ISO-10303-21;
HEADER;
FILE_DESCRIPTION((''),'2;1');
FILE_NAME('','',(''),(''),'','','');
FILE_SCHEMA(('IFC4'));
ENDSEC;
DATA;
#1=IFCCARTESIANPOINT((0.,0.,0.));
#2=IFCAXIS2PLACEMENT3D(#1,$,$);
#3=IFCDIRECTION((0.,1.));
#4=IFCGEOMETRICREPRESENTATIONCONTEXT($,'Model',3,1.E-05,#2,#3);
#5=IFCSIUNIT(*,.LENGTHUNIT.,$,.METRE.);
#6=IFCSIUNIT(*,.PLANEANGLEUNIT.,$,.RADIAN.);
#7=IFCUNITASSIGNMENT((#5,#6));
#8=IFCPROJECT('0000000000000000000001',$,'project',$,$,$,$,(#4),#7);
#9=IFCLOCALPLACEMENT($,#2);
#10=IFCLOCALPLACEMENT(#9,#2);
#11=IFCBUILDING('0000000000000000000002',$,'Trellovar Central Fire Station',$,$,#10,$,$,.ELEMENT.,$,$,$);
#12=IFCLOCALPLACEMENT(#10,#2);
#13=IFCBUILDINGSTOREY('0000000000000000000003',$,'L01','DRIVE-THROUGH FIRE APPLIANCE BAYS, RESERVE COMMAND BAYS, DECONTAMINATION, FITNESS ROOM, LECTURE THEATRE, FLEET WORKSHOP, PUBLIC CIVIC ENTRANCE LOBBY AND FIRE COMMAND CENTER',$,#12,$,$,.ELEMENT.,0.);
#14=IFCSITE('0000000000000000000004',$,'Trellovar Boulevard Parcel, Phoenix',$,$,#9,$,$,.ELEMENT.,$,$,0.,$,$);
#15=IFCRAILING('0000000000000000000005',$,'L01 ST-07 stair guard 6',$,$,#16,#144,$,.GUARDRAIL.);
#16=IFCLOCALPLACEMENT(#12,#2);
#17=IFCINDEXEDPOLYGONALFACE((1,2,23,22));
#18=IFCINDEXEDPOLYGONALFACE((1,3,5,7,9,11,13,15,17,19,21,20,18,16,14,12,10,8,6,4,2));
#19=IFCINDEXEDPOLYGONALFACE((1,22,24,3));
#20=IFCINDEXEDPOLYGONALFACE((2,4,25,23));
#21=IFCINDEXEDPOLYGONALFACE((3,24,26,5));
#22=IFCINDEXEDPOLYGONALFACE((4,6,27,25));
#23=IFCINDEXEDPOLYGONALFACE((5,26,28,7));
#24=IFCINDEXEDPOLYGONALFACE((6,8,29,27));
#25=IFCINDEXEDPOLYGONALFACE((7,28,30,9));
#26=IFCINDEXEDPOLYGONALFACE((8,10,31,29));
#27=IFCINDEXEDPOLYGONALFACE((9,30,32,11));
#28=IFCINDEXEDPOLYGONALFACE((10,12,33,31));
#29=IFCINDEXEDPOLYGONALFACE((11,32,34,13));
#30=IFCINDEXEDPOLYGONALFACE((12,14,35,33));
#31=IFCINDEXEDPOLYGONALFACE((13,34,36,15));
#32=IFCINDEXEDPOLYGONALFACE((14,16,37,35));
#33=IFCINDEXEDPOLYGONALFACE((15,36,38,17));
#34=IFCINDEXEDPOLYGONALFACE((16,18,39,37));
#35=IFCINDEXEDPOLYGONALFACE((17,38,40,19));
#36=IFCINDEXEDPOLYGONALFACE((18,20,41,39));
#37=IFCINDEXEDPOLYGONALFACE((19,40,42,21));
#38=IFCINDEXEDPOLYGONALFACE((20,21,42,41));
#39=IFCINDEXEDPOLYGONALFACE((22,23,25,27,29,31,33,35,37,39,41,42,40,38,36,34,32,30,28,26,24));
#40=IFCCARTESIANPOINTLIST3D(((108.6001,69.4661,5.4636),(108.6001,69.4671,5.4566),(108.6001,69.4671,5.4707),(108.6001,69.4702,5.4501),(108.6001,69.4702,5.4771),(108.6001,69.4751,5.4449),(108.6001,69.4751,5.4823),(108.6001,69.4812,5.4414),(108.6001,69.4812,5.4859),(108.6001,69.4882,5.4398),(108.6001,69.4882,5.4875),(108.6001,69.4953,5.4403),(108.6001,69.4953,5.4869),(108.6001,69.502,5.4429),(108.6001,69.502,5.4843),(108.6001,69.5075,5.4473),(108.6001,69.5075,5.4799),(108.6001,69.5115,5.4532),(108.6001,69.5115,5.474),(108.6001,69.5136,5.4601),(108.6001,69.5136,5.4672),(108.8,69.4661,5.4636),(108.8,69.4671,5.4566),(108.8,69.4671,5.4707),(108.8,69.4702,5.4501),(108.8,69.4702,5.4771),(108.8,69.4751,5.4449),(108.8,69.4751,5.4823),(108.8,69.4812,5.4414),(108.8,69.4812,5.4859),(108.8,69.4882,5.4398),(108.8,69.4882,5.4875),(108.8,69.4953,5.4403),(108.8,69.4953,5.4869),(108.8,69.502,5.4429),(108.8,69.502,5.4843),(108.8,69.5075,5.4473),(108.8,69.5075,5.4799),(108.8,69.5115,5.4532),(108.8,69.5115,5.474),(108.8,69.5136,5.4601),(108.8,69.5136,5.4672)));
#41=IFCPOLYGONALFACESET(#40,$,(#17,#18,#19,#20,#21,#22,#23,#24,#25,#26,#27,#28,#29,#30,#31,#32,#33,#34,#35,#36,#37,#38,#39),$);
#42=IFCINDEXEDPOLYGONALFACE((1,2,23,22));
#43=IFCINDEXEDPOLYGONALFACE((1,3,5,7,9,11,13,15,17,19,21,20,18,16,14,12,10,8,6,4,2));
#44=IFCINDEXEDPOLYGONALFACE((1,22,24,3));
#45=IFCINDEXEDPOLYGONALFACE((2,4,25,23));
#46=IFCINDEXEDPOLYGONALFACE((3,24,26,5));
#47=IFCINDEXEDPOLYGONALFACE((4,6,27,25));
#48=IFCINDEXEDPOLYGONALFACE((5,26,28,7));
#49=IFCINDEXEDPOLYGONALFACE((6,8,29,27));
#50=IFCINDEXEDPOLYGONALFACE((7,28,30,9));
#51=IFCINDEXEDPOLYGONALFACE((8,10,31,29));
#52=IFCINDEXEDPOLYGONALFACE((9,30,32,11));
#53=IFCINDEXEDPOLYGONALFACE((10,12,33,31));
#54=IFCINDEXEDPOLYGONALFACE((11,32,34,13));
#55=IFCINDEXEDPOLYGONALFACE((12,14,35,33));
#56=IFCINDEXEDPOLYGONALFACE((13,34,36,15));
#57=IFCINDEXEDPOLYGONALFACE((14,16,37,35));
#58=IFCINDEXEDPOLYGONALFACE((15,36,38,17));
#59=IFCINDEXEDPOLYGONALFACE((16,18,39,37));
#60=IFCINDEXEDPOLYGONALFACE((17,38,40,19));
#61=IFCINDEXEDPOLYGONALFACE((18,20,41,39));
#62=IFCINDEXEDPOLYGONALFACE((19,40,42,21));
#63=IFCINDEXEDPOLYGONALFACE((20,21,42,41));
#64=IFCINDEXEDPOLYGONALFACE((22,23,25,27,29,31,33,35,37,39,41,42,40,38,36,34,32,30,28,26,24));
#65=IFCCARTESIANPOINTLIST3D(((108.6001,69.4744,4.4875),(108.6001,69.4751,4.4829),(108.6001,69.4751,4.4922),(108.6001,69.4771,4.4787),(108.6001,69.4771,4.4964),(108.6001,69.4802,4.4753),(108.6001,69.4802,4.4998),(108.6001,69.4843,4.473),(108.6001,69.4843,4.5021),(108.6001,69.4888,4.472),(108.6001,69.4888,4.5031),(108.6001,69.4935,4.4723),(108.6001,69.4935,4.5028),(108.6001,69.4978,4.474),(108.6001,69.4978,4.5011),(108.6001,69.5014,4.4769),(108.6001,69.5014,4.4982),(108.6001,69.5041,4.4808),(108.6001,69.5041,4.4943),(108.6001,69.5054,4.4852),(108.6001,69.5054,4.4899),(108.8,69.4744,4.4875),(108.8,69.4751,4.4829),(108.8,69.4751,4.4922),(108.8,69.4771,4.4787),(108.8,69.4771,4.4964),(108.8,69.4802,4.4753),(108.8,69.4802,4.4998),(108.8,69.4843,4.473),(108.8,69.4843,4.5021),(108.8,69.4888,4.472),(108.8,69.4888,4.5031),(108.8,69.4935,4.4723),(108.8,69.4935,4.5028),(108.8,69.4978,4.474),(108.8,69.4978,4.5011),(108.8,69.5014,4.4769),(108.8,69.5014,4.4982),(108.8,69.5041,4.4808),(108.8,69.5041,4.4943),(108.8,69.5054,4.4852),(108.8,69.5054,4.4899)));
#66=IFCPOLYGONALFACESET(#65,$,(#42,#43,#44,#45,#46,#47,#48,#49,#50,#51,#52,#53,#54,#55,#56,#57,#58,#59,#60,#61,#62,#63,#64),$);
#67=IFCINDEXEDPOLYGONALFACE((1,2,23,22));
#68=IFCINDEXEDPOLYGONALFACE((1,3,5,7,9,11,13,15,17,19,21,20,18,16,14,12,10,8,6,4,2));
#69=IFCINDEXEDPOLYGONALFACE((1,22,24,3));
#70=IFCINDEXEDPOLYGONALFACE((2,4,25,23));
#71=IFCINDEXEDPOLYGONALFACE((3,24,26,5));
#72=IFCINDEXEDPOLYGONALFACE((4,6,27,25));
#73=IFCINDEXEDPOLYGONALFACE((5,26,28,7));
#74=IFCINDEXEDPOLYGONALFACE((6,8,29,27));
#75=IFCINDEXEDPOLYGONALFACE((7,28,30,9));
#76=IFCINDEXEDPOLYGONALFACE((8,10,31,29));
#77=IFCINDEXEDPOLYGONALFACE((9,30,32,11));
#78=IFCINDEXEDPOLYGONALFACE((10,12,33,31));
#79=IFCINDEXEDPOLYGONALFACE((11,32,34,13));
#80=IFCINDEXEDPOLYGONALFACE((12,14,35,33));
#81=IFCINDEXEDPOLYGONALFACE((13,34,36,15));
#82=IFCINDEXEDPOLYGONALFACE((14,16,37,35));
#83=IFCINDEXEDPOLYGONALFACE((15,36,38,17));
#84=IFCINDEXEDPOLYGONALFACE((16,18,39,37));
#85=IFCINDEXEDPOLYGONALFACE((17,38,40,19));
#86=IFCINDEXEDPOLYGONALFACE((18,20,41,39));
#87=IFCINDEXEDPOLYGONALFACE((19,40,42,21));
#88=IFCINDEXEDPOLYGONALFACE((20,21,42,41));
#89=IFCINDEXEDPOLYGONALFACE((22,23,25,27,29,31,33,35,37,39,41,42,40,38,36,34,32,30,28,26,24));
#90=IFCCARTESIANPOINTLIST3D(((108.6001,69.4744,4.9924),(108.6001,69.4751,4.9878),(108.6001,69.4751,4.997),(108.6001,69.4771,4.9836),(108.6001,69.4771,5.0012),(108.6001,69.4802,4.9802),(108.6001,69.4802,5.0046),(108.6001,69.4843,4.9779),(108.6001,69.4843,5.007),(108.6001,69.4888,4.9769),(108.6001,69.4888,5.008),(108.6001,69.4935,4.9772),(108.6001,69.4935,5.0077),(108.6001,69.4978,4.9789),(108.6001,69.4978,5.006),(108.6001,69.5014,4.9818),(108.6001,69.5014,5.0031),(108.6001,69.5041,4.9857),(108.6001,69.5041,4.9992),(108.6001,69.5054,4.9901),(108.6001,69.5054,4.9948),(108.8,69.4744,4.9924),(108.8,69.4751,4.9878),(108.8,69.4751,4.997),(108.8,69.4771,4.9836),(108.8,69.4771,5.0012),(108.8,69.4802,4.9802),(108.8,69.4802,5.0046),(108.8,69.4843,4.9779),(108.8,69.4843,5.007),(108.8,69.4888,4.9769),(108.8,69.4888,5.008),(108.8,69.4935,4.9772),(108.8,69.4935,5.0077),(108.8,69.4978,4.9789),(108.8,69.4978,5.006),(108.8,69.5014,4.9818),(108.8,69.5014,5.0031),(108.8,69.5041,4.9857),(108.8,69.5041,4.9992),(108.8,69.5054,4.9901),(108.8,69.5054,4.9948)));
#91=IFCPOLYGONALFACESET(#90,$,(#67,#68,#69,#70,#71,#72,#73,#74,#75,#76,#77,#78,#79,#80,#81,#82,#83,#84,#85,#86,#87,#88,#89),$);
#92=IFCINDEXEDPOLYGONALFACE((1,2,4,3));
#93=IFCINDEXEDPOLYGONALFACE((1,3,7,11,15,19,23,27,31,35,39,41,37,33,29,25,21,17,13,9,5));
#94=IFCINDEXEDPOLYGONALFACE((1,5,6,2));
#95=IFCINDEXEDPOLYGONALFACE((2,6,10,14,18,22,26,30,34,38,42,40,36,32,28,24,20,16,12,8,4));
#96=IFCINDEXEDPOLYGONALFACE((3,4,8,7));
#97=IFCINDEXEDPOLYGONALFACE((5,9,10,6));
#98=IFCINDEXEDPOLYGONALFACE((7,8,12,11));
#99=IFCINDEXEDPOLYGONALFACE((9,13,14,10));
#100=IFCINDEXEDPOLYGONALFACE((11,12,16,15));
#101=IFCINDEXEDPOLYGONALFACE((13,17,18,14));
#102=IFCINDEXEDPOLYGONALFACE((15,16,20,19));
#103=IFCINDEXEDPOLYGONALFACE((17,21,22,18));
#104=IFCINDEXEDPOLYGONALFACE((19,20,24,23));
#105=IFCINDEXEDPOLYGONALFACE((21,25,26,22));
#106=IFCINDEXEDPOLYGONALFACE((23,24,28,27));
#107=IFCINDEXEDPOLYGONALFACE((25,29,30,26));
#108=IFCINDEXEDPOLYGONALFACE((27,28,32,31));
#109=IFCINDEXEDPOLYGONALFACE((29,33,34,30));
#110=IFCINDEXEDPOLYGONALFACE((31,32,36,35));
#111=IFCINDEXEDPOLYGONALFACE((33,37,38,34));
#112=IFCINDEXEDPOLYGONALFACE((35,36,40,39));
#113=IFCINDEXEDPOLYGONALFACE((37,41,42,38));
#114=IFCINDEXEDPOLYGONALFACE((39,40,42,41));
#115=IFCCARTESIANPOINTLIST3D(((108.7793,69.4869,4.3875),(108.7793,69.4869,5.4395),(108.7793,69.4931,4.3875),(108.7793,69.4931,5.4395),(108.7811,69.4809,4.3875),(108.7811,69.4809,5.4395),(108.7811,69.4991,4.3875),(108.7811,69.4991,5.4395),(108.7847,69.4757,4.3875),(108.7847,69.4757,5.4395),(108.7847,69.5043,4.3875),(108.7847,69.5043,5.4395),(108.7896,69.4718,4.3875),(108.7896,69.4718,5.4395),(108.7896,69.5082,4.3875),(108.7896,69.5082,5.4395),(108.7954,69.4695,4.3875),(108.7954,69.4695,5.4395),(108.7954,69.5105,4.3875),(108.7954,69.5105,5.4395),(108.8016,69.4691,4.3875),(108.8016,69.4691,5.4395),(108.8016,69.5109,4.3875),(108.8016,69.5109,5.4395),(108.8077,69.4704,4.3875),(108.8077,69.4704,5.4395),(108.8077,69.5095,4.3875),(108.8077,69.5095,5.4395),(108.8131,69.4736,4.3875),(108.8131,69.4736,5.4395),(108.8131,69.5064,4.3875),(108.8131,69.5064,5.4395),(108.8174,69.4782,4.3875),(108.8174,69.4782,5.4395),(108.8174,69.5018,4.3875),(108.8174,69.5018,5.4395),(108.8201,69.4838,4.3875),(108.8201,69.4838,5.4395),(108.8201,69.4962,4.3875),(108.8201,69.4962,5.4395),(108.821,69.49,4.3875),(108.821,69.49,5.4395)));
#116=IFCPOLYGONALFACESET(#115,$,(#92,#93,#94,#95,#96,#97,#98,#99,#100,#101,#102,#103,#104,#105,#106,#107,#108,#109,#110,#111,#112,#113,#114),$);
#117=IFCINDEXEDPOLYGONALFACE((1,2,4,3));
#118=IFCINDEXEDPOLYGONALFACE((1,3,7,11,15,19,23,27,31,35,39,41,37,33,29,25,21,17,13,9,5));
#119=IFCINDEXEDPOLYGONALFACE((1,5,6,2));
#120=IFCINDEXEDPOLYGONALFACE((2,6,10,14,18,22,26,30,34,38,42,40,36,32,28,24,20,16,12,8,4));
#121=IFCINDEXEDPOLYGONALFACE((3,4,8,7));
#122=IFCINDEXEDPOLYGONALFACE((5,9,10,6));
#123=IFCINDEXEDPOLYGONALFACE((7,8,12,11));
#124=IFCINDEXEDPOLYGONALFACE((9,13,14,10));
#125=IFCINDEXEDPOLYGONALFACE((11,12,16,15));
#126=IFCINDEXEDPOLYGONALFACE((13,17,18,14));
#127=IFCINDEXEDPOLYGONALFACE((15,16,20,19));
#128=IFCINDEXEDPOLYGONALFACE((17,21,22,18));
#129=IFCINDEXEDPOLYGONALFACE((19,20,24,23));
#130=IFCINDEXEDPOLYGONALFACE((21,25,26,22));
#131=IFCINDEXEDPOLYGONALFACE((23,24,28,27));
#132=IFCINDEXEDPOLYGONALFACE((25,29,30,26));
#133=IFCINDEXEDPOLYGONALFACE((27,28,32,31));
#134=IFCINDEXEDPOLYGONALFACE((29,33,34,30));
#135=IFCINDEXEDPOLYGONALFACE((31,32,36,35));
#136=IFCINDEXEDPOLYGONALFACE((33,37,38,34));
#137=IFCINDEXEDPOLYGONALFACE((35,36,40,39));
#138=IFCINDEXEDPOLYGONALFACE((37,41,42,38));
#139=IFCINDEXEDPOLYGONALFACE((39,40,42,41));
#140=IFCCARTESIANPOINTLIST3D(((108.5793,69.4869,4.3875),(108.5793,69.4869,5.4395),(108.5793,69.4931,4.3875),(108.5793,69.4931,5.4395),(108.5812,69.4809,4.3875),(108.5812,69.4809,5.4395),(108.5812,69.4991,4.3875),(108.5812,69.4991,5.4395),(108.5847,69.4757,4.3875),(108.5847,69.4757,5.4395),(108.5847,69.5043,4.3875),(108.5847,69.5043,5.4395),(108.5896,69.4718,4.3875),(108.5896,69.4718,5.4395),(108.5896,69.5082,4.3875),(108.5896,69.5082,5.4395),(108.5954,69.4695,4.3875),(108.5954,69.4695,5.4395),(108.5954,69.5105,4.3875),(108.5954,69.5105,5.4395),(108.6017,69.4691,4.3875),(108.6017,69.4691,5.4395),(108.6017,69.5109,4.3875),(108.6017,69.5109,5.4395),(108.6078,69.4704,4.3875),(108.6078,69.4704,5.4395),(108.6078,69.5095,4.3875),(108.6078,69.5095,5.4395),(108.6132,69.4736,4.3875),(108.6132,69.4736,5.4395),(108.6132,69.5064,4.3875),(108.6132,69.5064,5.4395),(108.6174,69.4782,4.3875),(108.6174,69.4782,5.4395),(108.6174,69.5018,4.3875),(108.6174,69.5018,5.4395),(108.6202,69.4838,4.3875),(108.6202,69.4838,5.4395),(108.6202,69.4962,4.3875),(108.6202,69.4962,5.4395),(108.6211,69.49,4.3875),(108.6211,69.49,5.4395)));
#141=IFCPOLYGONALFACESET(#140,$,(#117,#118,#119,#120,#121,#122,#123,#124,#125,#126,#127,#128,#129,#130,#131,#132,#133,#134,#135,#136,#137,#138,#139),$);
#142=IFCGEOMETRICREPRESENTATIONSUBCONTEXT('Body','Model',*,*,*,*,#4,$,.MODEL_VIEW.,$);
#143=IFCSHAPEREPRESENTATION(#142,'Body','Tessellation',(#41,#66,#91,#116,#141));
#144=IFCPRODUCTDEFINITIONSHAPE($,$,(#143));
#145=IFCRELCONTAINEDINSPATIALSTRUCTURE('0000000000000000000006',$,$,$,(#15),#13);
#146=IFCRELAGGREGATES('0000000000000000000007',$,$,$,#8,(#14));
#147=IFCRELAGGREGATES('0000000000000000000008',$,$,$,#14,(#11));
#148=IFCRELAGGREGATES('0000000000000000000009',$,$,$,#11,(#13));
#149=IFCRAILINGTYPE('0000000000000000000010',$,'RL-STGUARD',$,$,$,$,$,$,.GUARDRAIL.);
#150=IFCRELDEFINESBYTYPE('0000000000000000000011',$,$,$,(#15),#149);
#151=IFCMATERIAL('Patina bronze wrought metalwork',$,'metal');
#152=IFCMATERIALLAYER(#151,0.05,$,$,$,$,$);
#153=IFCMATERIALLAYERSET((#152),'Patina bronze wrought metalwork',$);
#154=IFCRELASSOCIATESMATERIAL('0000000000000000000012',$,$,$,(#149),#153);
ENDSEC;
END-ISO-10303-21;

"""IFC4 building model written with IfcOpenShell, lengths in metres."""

from ifc_helpers import new_model, si_unit, direction, frame, origin, origin_2d, place, context, subcontext, project, spatial, circle, extrude, material, layer, layer_set, type_object, element, save


model = new_model("IFC4")

# Units and contexts
model_context = context("Model", 3, precision=1e-05, world=origin(), true_north=direction((0.0, 1.0)))
body_context = subcontext(model_context, "Body", "Model", "MODEL_VIEW")
ifc_project = project(units=[si_unit("LENGTHUNIT", "METRE"), si_unit("PLANEANGLEUNIT", "RADIAN")], contexts=[model_context])

# Site, building, storey
site_placement = place(None, origin())
site = spatial("IfcSite", under=ifc_project, at=site_placement, Name="Trellovar Boulevard Parcel, Phoenix", CompositionType="ELEMENT", RefElevation=0.0)
building_placement = place(site_placement, origin())
building = spatial("IfcBuilding", under=site, at=building_placement, Name="Trellovar Central Fire Station", CompositionType="ELEMENT")
storey_placement = place(building_placement, origin())
storey = spatial("IfcBuildingStorey", under=building, at=storey_placement, Name="L01", Description="DRIVE-THROUGH FIRE APPLIANCE BAYS, RESERVE COMMAND BAYS, DECONTAMINATION, FITNESS ROOM, LECTURE THEATRE, FLEET WORKSHOP, PUBLIC CIVIC ENTRANCE LOBBY AND FIRE COMMAND CENTER", CompositionType="ELEMENT", Elevation=0.0)

# Railing
ifc_material_1 = material(Name="Patina bronze wrought metalwork", Category="metal")
ifc_layer_1 = layer(ifc_material_1, 0.05)
ifc_layer_set_1 = layer_set([ifc_layer_1], Name="Patina bronze wrought metalwork")
railing_type_1 = type_object("IfcRailingType", Name="RL-STGUARD", PredefinedType="GUARDRAIL", material=ifc_layer_set_1)
railing_1_placement = place(storey_placement, frame((108.8, 69.49, 4.3875)))
element("IfcRailing", 1, at=railing_1_placement, inside=storey, type_object=railing_type_1, Name="L01 ST-07 stair guard 6", PredefinedType="GUARDRAIL", context=body_context, shape_type="SweptSolid", body=[
    extrude(circle(Radius=0.0239, at=origin_2d()), frame((0.0, 0.0, 1.0762), z_axis=(-1.0, 0.0, 0.0), x_axis=(0.0, -1.0, 0.0)), (0.0, 0.0, 1.0), 0.2),
    extrude(circle(Radius=0.0156, at=origin_2d()), frame((0.0, 0.0, 0.1001), z_axis=(-1.0, 0.0, 0.0), x_axis=(0.0, -1.0, 0.0)), (0.0, 0.0, 1.0), 0.2),
    extrude(circle(Radius=0.0156, at=origin_2d()), frame((0.0, 0.0, 0.605), z_axis=(-1.0, 0.0, 0.0), x_axis=(0.0, -1.0, 0.0)), (0.0, 0.0, 1.0), 0.2),
    extrude(circle(Radius=0.021, at=origin_2d()), origin(), (0.0, 0.0, 1.0), 1.052),
    extrude(circle(Radius=0.021, at=origin_2d()), frame((-0.2, 0.0, 0.0)), (0.0, 0.0, 1.0), 1.052),
])

save(model, "model.ifc")
